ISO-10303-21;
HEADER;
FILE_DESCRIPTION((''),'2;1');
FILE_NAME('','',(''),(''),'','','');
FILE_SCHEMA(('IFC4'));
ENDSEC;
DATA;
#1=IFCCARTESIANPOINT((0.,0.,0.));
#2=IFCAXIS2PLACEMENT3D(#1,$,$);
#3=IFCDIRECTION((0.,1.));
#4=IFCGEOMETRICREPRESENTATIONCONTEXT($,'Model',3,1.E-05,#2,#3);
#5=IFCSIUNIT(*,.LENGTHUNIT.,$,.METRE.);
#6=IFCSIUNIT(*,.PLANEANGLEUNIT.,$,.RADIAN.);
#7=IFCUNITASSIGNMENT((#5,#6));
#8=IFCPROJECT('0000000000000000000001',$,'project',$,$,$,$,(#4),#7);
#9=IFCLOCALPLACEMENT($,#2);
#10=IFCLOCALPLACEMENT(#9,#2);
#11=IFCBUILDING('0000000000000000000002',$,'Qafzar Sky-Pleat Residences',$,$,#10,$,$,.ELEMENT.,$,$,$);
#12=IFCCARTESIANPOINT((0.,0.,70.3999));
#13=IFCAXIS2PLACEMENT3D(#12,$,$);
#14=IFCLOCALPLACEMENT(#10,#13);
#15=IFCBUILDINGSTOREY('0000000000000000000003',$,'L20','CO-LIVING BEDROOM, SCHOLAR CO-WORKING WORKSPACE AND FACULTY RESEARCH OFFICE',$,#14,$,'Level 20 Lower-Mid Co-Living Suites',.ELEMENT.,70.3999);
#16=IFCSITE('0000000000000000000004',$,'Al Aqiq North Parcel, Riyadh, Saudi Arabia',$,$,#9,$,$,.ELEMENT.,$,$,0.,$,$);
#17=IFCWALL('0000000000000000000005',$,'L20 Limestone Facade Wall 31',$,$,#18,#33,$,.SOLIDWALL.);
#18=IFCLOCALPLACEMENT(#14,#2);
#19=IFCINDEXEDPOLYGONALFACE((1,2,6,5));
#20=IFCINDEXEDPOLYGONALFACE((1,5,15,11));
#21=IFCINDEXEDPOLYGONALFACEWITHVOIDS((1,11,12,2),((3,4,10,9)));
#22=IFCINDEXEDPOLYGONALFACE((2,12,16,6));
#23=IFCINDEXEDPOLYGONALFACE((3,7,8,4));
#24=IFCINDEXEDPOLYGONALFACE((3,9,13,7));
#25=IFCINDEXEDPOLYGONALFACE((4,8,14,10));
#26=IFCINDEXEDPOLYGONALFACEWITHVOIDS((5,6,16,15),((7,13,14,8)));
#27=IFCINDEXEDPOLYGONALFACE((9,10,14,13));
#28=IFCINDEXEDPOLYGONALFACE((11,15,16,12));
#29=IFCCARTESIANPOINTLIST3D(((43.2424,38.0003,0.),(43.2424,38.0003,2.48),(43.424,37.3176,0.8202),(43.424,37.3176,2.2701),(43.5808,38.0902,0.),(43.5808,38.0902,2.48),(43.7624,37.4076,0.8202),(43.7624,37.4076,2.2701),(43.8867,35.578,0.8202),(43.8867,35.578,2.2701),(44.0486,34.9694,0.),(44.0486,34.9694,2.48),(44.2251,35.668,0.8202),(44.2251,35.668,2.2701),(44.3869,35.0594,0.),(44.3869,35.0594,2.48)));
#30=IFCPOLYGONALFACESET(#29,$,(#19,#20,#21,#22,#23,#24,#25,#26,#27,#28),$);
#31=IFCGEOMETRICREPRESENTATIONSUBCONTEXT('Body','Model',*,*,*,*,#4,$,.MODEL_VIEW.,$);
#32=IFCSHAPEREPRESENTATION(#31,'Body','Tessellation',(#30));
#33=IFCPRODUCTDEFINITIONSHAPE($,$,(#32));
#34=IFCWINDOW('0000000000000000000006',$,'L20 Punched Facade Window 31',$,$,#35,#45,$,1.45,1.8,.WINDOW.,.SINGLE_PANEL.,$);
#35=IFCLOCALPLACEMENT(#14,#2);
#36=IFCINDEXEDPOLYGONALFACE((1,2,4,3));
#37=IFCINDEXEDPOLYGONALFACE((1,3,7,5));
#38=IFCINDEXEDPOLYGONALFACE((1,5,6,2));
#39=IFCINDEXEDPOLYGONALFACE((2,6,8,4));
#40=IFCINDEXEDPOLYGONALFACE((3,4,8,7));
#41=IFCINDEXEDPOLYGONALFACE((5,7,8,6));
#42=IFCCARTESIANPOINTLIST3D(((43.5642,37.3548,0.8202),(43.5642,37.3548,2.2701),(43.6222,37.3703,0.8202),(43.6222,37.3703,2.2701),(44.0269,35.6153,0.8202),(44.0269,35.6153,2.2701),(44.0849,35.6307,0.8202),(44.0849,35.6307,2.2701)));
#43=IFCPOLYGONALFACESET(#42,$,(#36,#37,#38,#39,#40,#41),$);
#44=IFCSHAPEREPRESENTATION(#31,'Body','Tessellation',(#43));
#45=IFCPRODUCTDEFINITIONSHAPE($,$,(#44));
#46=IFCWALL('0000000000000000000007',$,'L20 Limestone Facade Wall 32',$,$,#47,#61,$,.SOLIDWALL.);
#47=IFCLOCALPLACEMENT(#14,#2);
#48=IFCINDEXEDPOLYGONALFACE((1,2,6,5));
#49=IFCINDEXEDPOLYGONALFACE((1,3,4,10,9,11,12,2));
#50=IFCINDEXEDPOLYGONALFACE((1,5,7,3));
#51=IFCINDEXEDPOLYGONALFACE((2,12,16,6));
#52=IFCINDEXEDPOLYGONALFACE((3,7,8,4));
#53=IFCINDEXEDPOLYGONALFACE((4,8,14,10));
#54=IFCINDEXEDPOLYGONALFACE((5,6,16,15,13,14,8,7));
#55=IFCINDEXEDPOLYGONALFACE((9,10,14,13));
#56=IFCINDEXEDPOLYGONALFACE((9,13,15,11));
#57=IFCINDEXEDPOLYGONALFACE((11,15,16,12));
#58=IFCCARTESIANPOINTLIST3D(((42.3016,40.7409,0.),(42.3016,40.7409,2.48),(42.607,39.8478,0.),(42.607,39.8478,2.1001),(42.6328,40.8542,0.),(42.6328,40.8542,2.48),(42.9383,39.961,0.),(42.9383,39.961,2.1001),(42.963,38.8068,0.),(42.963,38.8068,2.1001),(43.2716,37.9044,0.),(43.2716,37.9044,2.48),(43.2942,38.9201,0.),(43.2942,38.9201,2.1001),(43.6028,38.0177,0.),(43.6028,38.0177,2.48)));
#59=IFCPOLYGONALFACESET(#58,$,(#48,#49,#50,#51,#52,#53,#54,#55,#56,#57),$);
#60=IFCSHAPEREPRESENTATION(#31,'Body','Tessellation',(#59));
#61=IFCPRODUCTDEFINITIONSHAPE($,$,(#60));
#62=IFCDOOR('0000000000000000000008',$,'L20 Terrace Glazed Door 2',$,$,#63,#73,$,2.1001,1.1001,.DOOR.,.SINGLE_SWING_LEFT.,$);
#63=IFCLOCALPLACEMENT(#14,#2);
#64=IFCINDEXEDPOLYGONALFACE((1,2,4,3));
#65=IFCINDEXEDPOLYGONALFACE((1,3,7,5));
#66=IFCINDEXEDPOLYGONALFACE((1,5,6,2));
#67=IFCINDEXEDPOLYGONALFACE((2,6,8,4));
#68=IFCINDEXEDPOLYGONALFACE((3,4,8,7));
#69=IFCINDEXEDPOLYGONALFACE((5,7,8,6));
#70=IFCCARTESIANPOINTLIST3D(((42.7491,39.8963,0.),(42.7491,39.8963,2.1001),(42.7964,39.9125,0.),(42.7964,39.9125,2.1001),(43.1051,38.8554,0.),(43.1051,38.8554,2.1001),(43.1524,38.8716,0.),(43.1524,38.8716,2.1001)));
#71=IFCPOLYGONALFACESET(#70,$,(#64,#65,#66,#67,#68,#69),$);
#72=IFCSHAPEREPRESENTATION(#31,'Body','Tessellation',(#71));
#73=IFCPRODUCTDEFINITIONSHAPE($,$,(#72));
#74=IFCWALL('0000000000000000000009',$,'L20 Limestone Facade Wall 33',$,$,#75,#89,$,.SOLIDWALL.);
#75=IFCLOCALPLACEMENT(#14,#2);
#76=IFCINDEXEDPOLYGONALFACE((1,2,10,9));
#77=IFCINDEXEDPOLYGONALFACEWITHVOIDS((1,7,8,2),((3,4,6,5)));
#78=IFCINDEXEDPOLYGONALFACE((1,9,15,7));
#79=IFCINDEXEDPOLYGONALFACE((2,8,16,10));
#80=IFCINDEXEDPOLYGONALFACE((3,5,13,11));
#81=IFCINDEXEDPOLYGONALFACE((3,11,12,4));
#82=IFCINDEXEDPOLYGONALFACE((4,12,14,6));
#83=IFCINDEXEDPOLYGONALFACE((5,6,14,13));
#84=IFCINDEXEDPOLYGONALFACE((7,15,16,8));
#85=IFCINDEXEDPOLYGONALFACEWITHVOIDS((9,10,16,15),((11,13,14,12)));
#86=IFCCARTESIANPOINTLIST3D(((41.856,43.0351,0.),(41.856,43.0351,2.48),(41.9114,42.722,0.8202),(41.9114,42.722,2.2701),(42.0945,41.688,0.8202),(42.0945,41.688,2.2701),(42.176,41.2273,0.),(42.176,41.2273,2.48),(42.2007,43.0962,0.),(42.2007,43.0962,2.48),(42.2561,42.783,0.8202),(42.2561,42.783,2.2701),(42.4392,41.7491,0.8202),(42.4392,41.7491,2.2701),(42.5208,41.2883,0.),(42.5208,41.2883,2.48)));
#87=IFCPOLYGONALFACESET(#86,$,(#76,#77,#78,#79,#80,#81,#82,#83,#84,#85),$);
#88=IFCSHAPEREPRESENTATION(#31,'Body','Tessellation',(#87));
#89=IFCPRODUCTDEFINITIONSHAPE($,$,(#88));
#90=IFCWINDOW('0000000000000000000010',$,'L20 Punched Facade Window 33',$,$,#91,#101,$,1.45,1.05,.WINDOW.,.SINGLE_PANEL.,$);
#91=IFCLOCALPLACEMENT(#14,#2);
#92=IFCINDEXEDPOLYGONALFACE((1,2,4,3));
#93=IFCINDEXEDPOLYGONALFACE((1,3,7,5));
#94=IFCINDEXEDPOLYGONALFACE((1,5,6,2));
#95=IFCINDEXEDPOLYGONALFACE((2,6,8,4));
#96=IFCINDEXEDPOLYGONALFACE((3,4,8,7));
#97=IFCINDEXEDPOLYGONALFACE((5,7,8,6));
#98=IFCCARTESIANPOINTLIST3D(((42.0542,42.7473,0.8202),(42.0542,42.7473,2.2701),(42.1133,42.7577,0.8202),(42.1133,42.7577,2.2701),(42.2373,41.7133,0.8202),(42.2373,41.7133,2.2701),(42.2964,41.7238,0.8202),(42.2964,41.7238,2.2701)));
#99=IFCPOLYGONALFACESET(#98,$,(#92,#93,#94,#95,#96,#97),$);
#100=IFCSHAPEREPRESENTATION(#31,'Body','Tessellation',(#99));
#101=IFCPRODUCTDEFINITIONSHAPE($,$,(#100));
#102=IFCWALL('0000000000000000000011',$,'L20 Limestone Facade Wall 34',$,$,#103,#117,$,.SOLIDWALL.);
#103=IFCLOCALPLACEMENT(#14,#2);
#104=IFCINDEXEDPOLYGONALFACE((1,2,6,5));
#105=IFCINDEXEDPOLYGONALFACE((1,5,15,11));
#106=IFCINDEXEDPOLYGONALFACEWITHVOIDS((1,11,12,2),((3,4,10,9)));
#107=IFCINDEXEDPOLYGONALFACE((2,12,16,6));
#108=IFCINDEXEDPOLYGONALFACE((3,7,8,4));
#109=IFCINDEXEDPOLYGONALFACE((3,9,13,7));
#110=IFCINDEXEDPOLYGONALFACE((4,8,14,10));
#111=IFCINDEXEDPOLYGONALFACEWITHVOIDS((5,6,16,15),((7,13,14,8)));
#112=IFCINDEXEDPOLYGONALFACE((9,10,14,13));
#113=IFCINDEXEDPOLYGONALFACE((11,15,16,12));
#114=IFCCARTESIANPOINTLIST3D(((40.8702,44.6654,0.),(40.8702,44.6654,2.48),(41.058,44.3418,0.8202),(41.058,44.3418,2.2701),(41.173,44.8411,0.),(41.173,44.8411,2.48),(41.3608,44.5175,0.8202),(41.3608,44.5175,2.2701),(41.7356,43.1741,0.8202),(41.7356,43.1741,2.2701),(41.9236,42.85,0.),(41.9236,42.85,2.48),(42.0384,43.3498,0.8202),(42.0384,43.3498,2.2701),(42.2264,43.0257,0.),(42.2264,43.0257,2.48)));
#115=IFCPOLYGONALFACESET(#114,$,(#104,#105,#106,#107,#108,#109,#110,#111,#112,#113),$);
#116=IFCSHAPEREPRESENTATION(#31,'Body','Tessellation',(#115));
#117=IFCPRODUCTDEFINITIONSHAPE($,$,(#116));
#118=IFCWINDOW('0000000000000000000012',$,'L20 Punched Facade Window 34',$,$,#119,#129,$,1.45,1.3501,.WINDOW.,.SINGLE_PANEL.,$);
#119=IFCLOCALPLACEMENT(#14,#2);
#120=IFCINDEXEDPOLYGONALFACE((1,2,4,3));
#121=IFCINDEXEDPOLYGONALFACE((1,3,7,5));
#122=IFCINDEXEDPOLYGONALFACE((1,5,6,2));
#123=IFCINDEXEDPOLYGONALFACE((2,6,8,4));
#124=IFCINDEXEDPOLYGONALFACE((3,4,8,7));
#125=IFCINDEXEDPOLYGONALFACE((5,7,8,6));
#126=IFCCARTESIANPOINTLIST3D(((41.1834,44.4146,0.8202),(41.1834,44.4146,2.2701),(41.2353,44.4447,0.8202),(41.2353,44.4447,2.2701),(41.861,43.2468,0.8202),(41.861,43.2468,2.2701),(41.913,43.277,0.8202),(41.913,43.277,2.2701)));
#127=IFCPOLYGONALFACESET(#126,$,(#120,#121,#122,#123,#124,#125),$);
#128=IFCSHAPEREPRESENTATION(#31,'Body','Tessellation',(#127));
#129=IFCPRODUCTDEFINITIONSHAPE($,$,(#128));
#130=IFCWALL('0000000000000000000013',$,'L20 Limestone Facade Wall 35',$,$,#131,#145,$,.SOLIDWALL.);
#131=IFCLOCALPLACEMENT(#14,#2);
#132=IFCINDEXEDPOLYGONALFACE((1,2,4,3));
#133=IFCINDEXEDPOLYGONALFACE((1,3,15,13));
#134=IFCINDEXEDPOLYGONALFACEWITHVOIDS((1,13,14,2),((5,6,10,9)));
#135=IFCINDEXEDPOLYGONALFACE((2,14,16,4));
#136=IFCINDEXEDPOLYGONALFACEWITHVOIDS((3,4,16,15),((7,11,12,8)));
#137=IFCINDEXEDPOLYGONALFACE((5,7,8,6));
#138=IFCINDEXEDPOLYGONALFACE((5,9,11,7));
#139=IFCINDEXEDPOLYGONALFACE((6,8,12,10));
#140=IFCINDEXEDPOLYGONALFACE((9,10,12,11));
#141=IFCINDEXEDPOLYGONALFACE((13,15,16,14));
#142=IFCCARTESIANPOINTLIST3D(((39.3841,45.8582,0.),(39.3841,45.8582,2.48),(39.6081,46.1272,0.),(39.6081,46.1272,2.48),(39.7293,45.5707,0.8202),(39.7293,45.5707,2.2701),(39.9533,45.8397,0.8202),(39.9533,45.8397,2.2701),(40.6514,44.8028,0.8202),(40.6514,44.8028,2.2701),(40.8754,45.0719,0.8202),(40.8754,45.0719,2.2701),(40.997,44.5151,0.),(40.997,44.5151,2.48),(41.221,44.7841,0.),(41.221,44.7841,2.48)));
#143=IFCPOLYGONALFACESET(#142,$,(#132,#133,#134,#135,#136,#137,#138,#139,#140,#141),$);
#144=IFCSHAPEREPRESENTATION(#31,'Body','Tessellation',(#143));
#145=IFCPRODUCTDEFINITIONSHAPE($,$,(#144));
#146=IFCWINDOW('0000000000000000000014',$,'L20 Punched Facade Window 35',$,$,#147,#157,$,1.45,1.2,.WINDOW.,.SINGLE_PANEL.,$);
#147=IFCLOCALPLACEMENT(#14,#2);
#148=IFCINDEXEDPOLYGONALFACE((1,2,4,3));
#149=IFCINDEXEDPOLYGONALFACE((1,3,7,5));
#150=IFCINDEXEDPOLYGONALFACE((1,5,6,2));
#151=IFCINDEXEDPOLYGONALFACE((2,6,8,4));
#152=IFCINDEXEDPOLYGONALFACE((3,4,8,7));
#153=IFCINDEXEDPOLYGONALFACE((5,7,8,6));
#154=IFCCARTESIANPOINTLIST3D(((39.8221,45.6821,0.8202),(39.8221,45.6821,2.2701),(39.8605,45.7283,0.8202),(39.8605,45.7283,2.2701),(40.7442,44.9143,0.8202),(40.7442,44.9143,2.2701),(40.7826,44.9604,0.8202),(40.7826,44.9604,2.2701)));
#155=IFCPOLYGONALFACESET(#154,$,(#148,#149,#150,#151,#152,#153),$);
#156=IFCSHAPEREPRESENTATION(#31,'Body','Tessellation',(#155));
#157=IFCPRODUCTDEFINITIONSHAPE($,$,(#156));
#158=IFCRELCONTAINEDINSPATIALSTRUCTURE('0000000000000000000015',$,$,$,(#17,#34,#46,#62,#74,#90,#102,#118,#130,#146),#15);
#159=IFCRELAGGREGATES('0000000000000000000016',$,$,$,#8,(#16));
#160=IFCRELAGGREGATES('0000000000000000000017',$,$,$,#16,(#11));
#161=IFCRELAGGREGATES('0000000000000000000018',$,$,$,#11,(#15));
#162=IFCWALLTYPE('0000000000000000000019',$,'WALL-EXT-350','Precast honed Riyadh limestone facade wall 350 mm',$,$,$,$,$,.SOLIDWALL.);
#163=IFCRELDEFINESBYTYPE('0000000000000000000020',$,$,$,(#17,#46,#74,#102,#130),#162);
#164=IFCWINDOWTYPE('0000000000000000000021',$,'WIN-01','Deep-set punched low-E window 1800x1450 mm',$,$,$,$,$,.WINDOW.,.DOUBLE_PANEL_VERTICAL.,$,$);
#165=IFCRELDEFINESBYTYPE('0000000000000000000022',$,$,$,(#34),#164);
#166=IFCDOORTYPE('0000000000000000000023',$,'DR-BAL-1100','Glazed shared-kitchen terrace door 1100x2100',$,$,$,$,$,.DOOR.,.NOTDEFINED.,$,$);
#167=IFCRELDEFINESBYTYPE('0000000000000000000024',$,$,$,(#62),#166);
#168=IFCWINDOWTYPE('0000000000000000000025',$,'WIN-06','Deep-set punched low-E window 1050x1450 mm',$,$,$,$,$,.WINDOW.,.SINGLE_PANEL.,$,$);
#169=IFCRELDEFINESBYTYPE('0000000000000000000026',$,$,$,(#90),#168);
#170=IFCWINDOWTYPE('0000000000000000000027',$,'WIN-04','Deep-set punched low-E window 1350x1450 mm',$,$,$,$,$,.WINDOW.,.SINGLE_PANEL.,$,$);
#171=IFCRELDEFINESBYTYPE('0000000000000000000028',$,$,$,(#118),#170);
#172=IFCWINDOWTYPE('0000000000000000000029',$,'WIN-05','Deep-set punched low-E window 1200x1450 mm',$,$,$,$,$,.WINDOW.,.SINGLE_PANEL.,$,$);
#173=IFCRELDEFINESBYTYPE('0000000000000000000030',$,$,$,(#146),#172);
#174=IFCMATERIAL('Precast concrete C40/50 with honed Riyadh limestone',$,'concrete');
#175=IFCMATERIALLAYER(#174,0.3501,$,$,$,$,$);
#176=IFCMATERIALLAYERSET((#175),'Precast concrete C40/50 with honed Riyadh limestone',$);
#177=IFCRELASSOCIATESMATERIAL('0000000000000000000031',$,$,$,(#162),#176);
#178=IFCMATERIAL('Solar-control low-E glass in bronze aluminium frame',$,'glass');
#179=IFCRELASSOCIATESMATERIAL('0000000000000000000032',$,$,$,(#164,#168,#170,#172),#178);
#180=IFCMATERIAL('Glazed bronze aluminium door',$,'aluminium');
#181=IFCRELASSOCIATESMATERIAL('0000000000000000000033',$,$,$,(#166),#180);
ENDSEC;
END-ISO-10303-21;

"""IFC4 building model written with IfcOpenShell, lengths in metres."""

from ifc_helpers import new_model, si_unit, direction, frame, frame_2d, origin, place, context, subcontext, project, spatial, rectangle, extrude, source, transform, mapped, material, layer, layer_set, type_object, element, fill, save


model = new_model("IFC4")

# Units and contexts
model_context = context("Model", 3, precision=1e-05, world=origin(), true_north=direction((0.0, 1.0)))
body_context = subcontext(model_context, "Body", "Model", "MODEL_VIEW")
ifc_project = project(units=[si_unit("LENGTHUNIT", "METRE"), si_unit("PLANEANGLEUNIT", "RADIAN")], contexts=[model_context])

# Site, building, storey
site_placement = place(None, origin())
site = spatial("IfcSite", under=ifc_project, at=site_placement, Name="Al Aqiq North Parcel, Riyadh, Saudi Arabia", CompositionType="ELEMENT", RefElevation=0.0)
building_placement = place(site_placement, origin())
building = spatial("IfcBuilding", under=site, at=building_placement, Name="Qafzar Sky-Pleat Residences", CompositionType="ELEMENT")
storey_placement = place(building_placement, frame((0.0, 0.0, 70.3999)))
storey = spatial("IfcBuildingStorey", under=building, at=storey_placement, Name="L20", Description="CO-LIVING BEDROOM, SCHOLAR CO-WORKING WORKSPACE AND FACULTY RESEARCH OFFICE", LongName="Level 20 Lower-Mid Co-Living Suites", CompositionType="ELEMENT", Elevation=70.3999)

# Wall, opening, window
ifc_material_1 = material(Name="Precast concrete C40/50 with honed Riyadh limestone", Category="concrete")
ifc_layer_1 = layer(ifc_material_1, 0.3501)
ifc_layer_set_1 = layer_set([ifc_layer_1], Name="Precast concrete C40/50 with honed Riyadh limestone")
wall_type = type_object("IfcWallType", Name="WALL-EXT-350", Description="Precast honed Riyadh limestone facade wall 350 mm", PredefinedType="SOLIDWALL", material=ifc_layer_set_1)
wall_1_placement = place(storey_placement, frame((44.2178, 35.0144, 0.0), z_axis=(0.0, 0.0, 1.0), x_axis=(-0.257052, 0.966398, 0.0)))
wall_1 = element("IfcWall", 1, at=wall_1_placement, inside=storey, type_object=wall_type, Name="L20 Limestone Facade Wall 31", PredefinedType="SOLIDWALL", context=body_context, shape_type="SweptSolid", body=[
    extrude(rectangle(XDim=3.1362, YDim=0.3501, at=frame_2d((1.5681, 0.0))), origin(), (0.0, 0.0, 1.0), 2.48),
])
opening_1_placement = place(wall_1_placement, frame((0.6299, 0.0, 0.8201)))
opening_1 = element("IfcOpeningElement", 2, at=opening_1_placement, cuts=wall_1, PredefinedType="OPENING", context=body_context, shape_type="SweptSolid", body=[
    extrude(rectangle(XDim=1.8, YDim=1.45, at=frame_2d((0.8999, 0.7251))), frame((0.0, 0.1851, 0.0), z_axis=(0.0, -1.0, 0.0), x_axis=(1.0, 0.0, 0.0)), (0.0, 0.0, 1.0), 0.3701),
])
ifc_material_2 = material(Name="Solar-control low-E glass in bronze aluminium frame", Category="glass")
window_type_1 = type_object("IfcWindowType", Name="WIN-01", Description="Deep-set punched low-E window 1800x1450 mm", PartitioningType="DOUBLE_PANEL_VERTICAL", PredefinedType="WINDOW", material=ifc_material_2)
shared_shape_1 = source(origin(), body_context, "Body", "SweptSolid", [
    extrude(rectangle(XDim=1.8, YDim=1.45, at=frame_2d((0.8999, 0.7251))), frame((0.0, 0.03, 0.0), z_axis=(0.0, -1.0, 0.0), x_axis=(1.0, 0.0, 0.0)), (0.0, 0.0, 1.0), 0.0601),
])
window_1_placement = place(opening_1_placement, origin())
window_1 = element("IfcWindow", 3, at=window_1_placement, inside=storey, type_object=window_type_1, Name="L20 Punched Facade Window 31", OverallHeight=1.45, OverallWidth=1.8, PartitioningType="SINGLE_PANEL", PredefinedType="WINDOW", context=body_context, shape_type="MappedRepresentation", body=[
    mapped(shared_shape_1, transform((0.0, 0.0, 0.0), x_axis=(1.0, 0.0, 0.0), y_axis=(0.0, 1.0, 0.0), z_axis=(0.0, 0.0, 1.0), scale=1.0)),
])
fill(opening_1, window_1)

# Wall, opening, door
wall_2_placement = place(storey_placement, frame((43.4373, 37.9609, 0.0), z_axis=(0.0, 0.0, 1.0), x_axis=(-0.323573, 0.946203, 0.0)))
wall_2 = element("IfcWall", 4, at=wall_2_placement, inside=storey, type_object=wall_type, Name="L20 Limestone Facade Wall 32", PredefinedType="SOLIDWALL", context=body_context, shape_type="SweptSolid", body=[
    extrude(rectangle(XDim=2.9978, YDim=0.3501, at=frame_2d((1.499, 0.0))), origin(), (0.0, 0.0, 1.0), 2.48),
])
opening_2_placement = place(wall_2_placement, frame((0.9539, 0.0, 0.0)))
opening_2 = element("IfcOpeningElement", 5, at=opening_2_placement, cuts=wall_2, PredefinedType="OPENING", context=body_context, shape_type="SweptSolid", body=[
    extrude(rectangle(XDim=1.1001, YDim=2.1001, at=frame_2d((0.55, 1.05))), frame((0.0, 0.1851, 0.0), z_axis=(0.0, -1.0, 0.0), x_axis=(1.0, 0.0, 0.0)), (0.0, 0.0, 1.0), 0.3701),
])
ifc_material_3 = material(Name="Glazed bronze aluminium door", Category="aluminium")
door_type = type_object("IfcDoorType", Name="DR-BAL-1100", Description="Glazed shared-kitchen terrace door 1100x2100", OperationType="NOTDEFINED", PredefinedType="DOOR", material=ifc_material_3)
shared_shape_2 = source(origin(), body_context, "Body", "SweptSolid", [
    extrude(rectangle(XDim=1.1001, YDim=2.1001, at=frame_2d((0.55, 1.05))), frame((0.0, 0.0249, 0.0), z_axis=(0.0, -1.0, 0.0), x_axis=(1.0, 0.0, 0.0)), (0.0, 0.0, 1.0), 0.05),
])
door_placement = place(opening_2_placement, origin())
door = element("IfcDoor", 6, at=door_placement, inside=storey, type_object=door_type, Name="L20 Terrace Glazed Door 2", OperationType="SINGLE_SWING_LEFT", OverallHeight=2.1001, OverallWidth=1.1001, PredefinedType="DOOR", context=body_context, shape_type="MappedRepresentation", body=[
    mapped(shared_shape_2, transform((0.0, 0.0, 0.0), x_axis=(1.0, 0.0, 0.0), y_axis=(0.0, 1.0, 0.0), z_axis=(0.0, 0.0, 1.0), scale=1.0)),
])
fill(opening_2, door)

# Walls, openings, windows
wall_3_placement = place(storey_placement, frame((42.3484, 41.2578, 0.0), z_axis=(0.0, 0.0, 1.0), x_axis=(-0.174331, 0.984687, 0.0)))
wall_3 = element("IfcWall", 7, at=wall_3_placement, inside=storey, type_object=wall_type, Name="L20 Limestone Facade Wall 33", PredefinedType="SOLIDWALL", context=body_context, shape_type="SweptSolid", body=[
    extrude(rectangle(XDim=1.8359, YDim=0.3501, at=frame_2d((0.918, 0.0))), origin(), (0.0, 0.0, 1.0), 2.48),
])
opening_3_placement = place(wall_3_placement, frame((0.468, 0.0, 0.8201)))
opening_3 = element("IfcOpeningElement", 8, at=opening_3_placement, cuts=wall_3, PredefinedType="OPENING", context=body_context, shape_type="SweptSolid", body=[
    extrude(rectangle(XDim=1.05, YDim=1.45, at=frame_2d((0.5249, 0.7251))), frame((0.0, 0.1851, 0.0), z_axis=(0.0, -1.0, 0.0), x_axis=(1.0, 0.0, 0.0)), (0.0, 0.0, 1.0), 0.3701),
])
window_type_2 = type_object("IfcWindowType", Name="WIN-06", Description="Deep-set punched low-E window 1050x1450 mm", PartitioningType="SINGLE_PANEL", PredefinedType="WINDOW", material=ifc_material_2)
shared_shape_3 = source(origin(), body_context, "Body", "SweptSolid", [
    extrude(rectangle(XDim=1.05, YDim=1.45, at=frame_2d((0.5249, 0.7251))), frame((0.0, 0.03, 0.0), z_axis=(0.0, -1.0, 0.0), x_axis=(1.0, 0.0, 0.0)), (0.0, 0.0, 1.0), 0.0601),
])
window_2_placement = place(opening_3_placement, origin())
window_2 = element("IfcWindow", 9, at=window_2_placement, inside=storey, type_object=window_type_2, Name="L20 Punched Facade Window 33", OverallHeight=1.45, OverallWidth=1.05, PartitioningType="SINGLE_PANEL", PredefinedType="WINDOW", context=body_context, shape_type="MappedRepresentation", body=[
    mapped(shared_shape_3, transform((0.0, 0.0, 0.0), x_axis=(1.0, 0.0, 0.0), y_axis=(0.0, 1.0, 0.0), z_axis=(0.0, 0.0, 1.0), scale=1.0)),
])
fill(opening_3, window_2)
wall_4_placement = place(storey_placement, frame((42.075, 42.938, 0.0), z_axis=(0.0, 0.0, 1.0), x_axis=(-0.501903, 0.864924, 0.0)))
wall_4 = element("IfcWall", 10, at=wall_4_placement, inside=storey, type_object=wall_type, Name="L20 Limestone Facade Wall 34", PredefinedType="SOLIDWALL", context=body_context, shape_type="SweptSolid", body=[
    extrude(rectangle(XDim=2.0989, YDim=0.3501, at=frame_2d((1.0493, 0.0))), origin(), (0.0, 0.0, 1.0), 2.48),
])
opening_4_placement = place(wall_4_placement, frame((0.3745, 0.0, 0.8201)))
opening_4 = element("IfcOpeningElement", 11, at=opening_4_placement, cuts=wall_4, PredefinedType="OPENING", context=body_context, shape_type="SweptSolid", body=[
    extrude(rectangle(XDim=1.3501, YDim=1.45, at=frame_2d((0.675, 0.7251))), frame((0.0, 0.1851, 0.0), z_axis=(0.0, -1.0, 0.0), x_axis=(1.0, 0.0, 0.0)), (0.0, 0.0, 1.0), 0.3701),
])
window_type_3 = type_object("IfcWindowType", Name="WIN-04", Description="Deep-set punched low-E window 1350x1450 mm", PartitioningType="SINGLE_PANEL", PredefinedType="WINDOW", material=ifc_material_2)
shared_shape_4 = source(origin(), body_context, "Body", "SweptSolid", [
    extrude(rectangle(XDim=1.3501, YDim=1.45, at=frame_2d((0.675, 0.7251))), frame((0.0, 0.03, 0.0), z_axis=(0.0, -1.0, 0.0), x_axis=(1.0, 0.0, 0.0)), (0.0, 0.0, 1.0), 0.0601),
])
window_3_placement = place(opening_4_placement, origin())
window_3 = element("IfcWindow", 12, at=window_3_placement, inside=storey, type_object=window_type_3, Name="L20 Punched Facade Window 34", OverallHeight=1.45, OverallWidth=1.3501, PartitioningType="SINGLE_PANEL", PredefinedType="WINDOW", context=body_context, shape_type="MappedRepresentation", body=[
    mapped(shared_shape_4, transform((0.0, 0.0, 0.0), x_axis=(1.0, 0.0, 0.0), y_axis=(0.0, 1.0, 0.0), z_axis=(0.0, 0.0, 1.0), scale=1.0)),
])
fill(opening_4, window_3)
wall_5_placement = place(storey_placement, frame((41.1089, 44.6497, 0.0), z_axis=(0.0, 0.0, 1.0), x_axis=(-0.76845, 0.63991, 0.0)))
wall_5 = element("IfcWall", 13, at=wall_5_placement, inside=storey, type_object=wall_type, Name="L20 Limestone Facade Wall 35", PredefinedType="SOLIDWALL", context=body_context, shape_type="SweptSolid", body=[
    extrude(rectangle(XDim=2.0989, YDim=0.3501, at=frame_2d((1.0493, 0.0))), origin(), (0.0, 0.0, 1.0), 2.48),
])
opening_5_placement = place(wall_5_placement, frame((0.4495, 0.0, 0.8201)))
opening_5 = element("IfcOpeningElement", 14, at=opening_5_placement, cuts=wall_5, PredefinedType="OPENING", context=body_context, shape_type="SweptSolid", body=[
    extrude(rectangle(XDim=1.2, YDim=1.45, at=frame_2d((0.6001, 0.7251))), frame((0.0, 0.1851, 0.0), z_axis=(0.0, -1.0, 0.0), x_axis=(1.0, 0.0, 0.0)), (0.0, 0.0, 1.0), 0.3701),
])
window_type_4 = type_object("IfcWindowType", Name="WIN-05", Description="Deep-set punched low-E window 1200x1450 mm", PartitioningType="SINGLE_PANEL", PredefinedType="WINDOW", material=ifc_material_2)
shared_shape_5 = source(origin(), body_context, "Body", "SweptSolid", [
    extrude(rectangle(XDim=1.2, YDim=1.45, at=frame_2d((0.6001, 0.7251))), frame((0.0, 0.03, 0.0), z_axis=(0.0, -1.0, 0.0), x_axis=(1.0, 0.0, 0.0)), (0.0, 0.0, 1.0), 0.0601),
])
window_4_placement = place(opening_5_placement, origin())
window_4 = element("IfcWindow", 15, at=window_4_placement, inside=storey, type_object=window_type_4, Name="L20 Punched Facade Window 35", OverallHeight=1.45, OverallWidth=1.2, PartitioningType="SINGLE_PANEL", PredefinedType="WINDOW", context=body_context, shape_type="MappedRepresentation", body=[
    mapped(shared_shape_5, transform((0.0, 0.0, 0.0), x_axis=(1.0, 0.0, 0.0), y_axis=(0.0, 1.0, 0.0), z_axis=(0.0, 0.0, 1.0), scale=1.0)),
])
fill(opening_5, window_4)

save(model, "model.ifc")
